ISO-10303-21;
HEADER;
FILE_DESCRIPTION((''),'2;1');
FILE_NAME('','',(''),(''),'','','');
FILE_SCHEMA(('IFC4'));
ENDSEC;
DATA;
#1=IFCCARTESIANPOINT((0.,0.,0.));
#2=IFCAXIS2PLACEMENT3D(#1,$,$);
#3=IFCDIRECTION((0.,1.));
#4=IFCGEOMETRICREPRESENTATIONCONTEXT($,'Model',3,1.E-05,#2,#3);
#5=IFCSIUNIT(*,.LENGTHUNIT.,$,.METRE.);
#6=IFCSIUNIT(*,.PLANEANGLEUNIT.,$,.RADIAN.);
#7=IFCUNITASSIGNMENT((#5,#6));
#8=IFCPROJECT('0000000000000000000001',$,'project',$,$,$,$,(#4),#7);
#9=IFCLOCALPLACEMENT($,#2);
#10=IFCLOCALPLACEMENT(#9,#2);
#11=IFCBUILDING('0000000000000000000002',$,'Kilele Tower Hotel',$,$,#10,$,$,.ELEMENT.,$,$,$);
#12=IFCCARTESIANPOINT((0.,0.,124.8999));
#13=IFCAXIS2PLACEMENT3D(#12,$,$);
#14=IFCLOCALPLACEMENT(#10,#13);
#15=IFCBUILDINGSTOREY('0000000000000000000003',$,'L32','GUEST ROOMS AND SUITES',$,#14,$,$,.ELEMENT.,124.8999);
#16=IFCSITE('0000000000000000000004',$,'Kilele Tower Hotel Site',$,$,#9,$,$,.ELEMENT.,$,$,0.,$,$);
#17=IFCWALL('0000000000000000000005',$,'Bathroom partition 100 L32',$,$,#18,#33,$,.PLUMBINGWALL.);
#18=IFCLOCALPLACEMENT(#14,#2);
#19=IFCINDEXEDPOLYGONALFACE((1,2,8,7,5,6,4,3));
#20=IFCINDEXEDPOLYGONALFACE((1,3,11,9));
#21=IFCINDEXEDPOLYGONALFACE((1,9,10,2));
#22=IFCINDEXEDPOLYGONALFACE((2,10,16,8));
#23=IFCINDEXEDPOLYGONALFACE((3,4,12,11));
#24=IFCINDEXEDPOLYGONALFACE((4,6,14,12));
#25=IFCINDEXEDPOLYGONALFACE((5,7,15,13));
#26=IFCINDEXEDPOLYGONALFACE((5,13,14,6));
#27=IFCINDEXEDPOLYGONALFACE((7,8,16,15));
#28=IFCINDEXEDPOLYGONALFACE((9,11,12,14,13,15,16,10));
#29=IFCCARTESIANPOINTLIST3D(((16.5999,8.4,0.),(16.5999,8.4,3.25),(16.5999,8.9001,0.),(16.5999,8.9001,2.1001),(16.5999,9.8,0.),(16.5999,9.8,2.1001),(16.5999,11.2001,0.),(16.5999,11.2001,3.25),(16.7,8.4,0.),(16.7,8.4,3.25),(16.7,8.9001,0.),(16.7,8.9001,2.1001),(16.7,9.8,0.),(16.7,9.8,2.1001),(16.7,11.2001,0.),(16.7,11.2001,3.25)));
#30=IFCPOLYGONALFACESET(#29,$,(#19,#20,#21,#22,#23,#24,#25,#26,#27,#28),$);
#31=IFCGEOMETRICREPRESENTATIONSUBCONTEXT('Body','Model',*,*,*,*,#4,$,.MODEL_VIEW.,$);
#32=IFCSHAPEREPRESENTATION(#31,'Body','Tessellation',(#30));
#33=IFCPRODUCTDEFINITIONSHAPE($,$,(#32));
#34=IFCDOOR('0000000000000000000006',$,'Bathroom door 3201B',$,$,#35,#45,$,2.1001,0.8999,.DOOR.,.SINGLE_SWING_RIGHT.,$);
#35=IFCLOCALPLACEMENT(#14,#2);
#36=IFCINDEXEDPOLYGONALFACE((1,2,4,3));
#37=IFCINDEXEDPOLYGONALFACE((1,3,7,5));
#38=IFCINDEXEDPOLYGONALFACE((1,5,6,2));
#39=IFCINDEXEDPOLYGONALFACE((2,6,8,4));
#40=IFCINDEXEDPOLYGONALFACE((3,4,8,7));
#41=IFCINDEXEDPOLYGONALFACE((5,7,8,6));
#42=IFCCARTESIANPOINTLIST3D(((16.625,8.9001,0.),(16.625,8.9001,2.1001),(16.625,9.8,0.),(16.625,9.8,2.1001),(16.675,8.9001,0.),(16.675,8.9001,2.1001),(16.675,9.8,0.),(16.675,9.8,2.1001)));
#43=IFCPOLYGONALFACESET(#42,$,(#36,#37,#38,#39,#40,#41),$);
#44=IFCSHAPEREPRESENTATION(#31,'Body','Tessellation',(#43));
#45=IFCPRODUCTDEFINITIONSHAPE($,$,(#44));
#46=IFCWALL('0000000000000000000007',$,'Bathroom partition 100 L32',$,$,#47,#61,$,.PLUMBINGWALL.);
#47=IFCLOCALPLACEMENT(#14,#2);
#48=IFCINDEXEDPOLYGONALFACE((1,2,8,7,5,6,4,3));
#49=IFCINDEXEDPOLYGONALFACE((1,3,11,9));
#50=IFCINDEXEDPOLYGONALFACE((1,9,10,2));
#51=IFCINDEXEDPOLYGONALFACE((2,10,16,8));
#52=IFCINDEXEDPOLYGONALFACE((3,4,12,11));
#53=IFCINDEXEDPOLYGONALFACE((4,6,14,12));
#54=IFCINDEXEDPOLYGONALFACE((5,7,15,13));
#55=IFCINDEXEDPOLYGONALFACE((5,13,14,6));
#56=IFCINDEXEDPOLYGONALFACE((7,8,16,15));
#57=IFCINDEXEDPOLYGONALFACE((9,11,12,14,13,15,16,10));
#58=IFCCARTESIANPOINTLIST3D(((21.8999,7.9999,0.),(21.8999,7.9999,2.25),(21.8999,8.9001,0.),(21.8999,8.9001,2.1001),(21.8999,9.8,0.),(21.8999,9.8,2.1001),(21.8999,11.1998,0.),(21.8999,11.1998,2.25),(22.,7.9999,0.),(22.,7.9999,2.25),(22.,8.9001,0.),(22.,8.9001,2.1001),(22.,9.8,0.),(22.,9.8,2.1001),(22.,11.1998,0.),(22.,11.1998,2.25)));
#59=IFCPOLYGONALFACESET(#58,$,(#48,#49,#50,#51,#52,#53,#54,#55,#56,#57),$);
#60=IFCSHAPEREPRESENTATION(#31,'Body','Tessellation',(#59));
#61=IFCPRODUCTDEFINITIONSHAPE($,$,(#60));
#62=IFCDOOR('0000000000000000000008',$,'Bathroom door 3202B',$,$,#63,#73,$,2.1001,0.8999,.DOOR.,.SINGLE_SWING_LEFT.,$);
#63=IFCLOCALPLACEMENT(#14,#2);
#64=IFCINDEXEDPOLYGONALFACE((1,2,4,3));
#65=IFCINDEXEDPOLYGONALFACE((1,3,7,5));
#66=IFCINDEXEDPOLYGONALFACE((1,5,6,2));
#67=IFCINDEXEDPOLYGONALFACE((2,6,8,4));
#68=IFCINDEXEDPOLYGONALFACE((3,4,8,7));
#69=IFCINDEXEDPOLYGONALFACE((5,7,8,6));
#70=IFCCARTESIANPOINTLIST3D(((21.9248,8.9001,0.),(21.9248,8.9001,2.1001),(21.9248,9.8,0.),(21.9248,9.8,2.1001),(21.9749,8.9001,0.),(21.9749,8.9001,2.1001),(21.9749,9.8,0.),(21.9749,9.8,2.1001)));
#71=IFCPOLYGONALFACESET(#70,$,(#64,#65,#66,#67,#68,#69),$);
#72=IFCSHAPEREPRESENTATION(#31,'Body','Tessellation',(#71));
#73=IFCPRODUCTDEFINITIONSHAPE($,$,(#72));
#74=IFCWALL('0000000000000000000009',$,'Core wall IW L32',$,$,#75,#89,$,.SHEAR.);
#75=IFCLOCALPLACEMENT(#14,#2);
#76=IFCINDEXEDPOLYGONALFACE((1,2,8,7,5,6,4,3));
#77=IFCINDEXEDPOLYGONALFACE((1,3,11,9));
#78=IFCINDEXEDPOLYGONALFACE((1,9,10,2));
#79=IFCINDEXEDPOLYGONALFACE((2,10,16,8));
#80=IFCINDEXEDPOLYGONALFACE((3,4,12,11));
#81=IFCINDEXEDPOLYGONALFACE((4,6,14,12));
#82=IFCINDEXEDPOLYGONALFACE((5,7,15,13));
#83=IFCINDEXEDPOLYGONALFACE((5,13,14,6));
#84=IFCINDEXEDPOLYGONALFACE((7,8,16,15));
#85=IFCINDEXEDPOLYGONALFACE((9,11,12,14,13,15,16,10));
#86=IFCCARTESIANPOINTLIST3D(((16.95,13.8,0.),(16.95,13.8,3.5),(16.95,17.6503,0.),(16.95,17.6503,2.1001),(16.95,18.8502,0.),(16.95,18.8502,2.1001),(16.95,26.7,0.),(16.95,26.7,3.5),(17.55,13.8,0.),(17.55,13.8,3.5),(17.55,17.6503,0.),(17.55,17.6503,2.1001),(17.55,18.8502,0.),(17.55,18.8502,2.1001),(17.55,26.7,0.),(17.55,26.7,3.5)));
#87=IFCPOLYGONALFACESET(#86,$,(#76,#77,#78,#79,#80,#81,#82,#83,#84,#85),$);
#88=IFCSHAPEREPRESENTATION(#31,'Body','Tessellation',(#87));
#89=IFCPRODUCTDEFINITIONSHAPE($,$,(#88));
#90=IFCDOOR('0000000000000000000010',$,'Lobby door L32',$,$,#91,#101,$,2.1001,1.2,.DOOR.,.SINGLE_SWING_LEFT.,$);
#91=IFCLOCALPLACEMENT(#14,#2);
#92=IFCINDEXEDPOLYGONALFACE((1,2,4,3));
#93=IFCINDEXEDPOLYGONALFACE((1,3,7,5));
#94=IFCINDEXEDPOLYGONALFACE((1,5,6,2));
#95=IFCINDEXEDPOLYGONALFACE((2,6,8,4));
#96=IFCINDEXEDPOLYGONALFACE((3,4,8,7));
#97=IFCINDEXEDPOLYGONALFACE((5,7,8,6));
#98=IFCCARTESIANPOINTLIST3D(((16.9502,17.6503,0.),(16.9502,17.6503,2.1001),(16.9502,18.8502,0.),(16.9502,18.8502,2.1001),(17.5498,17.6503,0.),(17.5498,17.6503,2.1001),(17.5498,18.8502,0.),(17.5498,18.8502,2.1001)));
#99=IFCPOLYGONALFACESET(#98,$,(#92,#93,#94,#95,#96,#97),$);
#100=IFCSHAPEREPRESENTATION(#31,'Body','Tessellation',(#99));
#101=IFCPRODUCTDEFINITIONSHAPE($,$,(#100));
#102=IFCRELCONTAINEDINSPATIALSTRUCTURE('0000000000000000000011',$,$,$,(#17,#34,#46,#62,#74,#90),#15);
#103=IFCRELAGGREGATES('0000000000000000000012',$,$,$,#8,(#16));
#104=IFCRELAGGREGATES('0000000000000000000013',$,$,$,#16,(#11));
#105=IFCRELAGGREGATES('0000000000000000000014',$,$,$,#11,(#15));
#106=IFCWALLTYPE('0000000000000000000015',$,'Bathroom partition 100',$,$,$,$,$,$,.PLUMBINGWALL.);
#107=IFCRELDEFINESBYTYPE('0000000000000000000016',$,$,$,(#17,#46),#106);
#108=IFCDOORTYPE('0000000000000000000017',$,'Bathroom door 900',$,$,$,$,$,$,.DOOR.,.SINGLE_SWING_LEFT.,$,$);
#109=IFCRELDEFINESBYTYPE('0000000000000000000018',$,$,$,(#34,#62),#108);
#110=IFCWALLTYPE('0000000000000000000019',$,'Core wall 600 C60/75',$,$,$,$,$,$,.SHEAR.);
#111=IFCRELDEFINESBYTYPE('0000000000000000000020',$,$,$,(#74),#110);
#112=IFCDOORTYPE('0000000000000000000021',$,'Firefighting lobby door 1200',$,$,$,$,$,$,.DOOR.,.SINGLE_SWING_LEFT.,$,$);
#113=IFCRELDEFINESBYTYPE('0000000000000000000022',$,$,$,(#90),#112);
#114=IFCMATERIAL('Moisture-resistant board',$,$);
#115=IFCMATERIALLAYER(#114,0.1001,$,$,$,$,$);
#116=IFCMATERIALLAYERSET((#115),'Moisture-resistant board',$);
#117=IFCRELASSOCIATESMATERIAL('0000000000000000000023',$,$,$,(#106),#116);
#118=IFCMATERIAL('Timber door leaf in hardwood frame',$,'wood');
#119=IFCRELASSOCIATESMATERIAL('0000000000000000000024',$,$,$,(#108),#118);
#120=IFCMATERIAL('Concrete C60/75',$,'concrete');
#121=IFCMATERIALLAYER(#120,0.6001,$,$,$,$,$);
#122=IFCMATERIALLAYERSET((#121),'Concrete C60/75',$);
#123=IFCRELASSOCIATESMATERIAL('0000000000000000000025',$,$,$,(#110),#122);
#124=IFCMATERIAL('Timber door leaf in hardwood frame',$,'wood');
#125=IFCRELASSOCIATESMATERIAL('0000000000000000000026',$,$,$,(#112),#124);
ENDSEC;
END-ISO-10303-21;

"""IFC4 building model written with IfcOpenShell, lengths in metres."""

from ifc_helpers import new_model, si_unit, direction, frame, frame_2d, origin, place, context, subcontext, project, spatial, rectangle, extrude, material, layer, layer_set, type_object, element, fill, save


model = new_model("IFC4")

# Units and contexts
model_context = context("Model", 3, precision=1e-05, world=origin(), true_north=direction((0.0, 1.0)))
body_context = subcontext(model_context, "Body", "Model", "MODEL_VIEW")
ifc_project = project(units=[si_unit("LENGTHUNIT", "METRE"), si_unit("PLANEANGLEUNIT", "RADIAN")], contexts=[model_context])

# Site, building, storey
site_placement = place(None, origin())
site = spatial("IfcSite", under=ifc_project, at=site_placement, Name="Kilele Tower Hotel Site", CompositionType="ELEMENT", RefElevation=0.0)
building_placement = place(site_placement, origin())
building = spatial("IfcBuilding", under=site, at=building_placement, Name="Kilele Tower Hotel", CompositionType="ELEMENT")
storey_placement = place(building_placement, frame((0.0, 0.0, 124.8999)))
storey = spatial("IfcBuildingStorey", under=building, at=storey_placement, Name="L32", Description="GUEST ROOMS AND SUITES", CompositionType="ELEMENT", Elevation=124.8999)

# Walls, openings, doors
ifc_material_1 = material(Name="Moisture-resistant board")
ifc_layer_1 = layer(ifc_material_1, 0.1001)
ifc_layer_set_1 = layer_set([ifc_layer_1], Name="Moisture-resistant board")
wall_type_1 = type_object("IfcWallType", Name="Bathroom partition 100", PredefinedType="PLUMBINGWALL", material=ifc_layer_set_1)
wall_1_placement = place(storey_placement, frame((16.6499, 11.2, 0.0), z_axis=(0.0, 0.0, 1.0), x_axis=(0.0, -1.0, 0.0)))
wall_1 = element("IfcWall", 1, at=wall_1_placement, inside=storey, type_object=wall_type_1, Name="Bathroom partition 100 L32", PredefinedType="PLUMBINGWALL", context=body_context, shape_type="SweptSolid", body=[
    extrude(rectangle(XDim=2.8, YDim=0.1001, at=frame_2d((1.3999, 0.0))), origin(), (0.0, 0.0, 1.0), 3.25),
])
opening_1_placement = place(wall_1_placement, frame((2.2998, 0.0, 0.0), z_axis=(0.0, 0.0, 1.0), x_axis=(-1.0, 0.0, 0.0)))
opening_1 = element("IfcOpeningElement", 2, at=opening_1_placement, cuts=wall_1, PredefinedType="OPENING", context=body_context, shape_type="SweptSolid", body=[
    extrude(rectangle(XDim=0.8999, YDim=2.1001, at=frame_2d((0.45, 1.05))), frame((0.0, 0.0601, 0.0), z_axis=(0.0, -1.0, 0.0), x_axis=(1.0, 0.0, 0.0)), (0.0, 0.0, 1.0), 0.1201),
])
ifc_material_2 = material(Name="Timber door leaf in hardwood frame", Category="wood")
door_type_1 = type_object("IfcDoorType", Name="Bathroom door 900", OperationType="SINGLE_SWING_LEFT", PredefinedType="DOOR", material=ifc_material_2)
door_1_placement = place(opening_1_placement, origin())
door_1 = element("IfcDoor", 3, at=door_1_placement, inside=storey, type_object=door_type_1, Name="Bathroom door 3201B", OperationType="SINGLE_SWING_RIGHT", OverallHeight=2.1001, OverallWidth=0.8999, PredefinedType="DOOR", context=body_context, shape_type="SweptSolid", body=[
    extrude(rectangle(XDim=0.8999, YDim=2.1001, at=frame_2d((0.45, 1.05))), frame((0.0, 0.0249, 0.0), z_axis=(0.0, -1.0, 0.0), x_axis=(1.0, 0.0, 0.0)), (0.0, 0.0, 1.0), 0.05),
])
fill(opening_1, door_1)
wall_2_placement = place(storey_placement, frame((21.95, 11.2, 0.0), z_axis=(0.0, 0.0, 1.0), x_axis=(0.0, -1.0, 0.0)))
wall_2 = element("IfcWall", 4, at=wall_2_placement, inside=storey, type_object=wall_type_1, Name="Bathroom partition 100 L32", PredefinedType="PLUMBINGWALL", context=body_context, shape_type="SweptSolid", body=[
    extrude(rectangle(XDim=3.2, YDim=0.1001, at=frame_2d((1.6001, 0.0))), origin(), (0.0, 0.0, 1.0), 2.25),
])
opening_2_placement = place(wall_2_placement, frame((1.3999, 0.0, 0.0)))
opening_2 = element("IfcOpeningElement", 5, at=opening_2_placement, cuts=wall_2, PredefinedType="OPENING", context=body_context, shape_type="SweptSolid", body=[
    extrude(rectangle(XDim=0.8999, YDim=2.1001, at=frame_2d((0.45, 1.05))), frame((0.0, 0.0601, 0.0), z_axis=(0.0, -1.0, 0.0), x_axis=(1.0, 0.0, 0.0)), (0.0, 0.0, 1.0), 0.1201),
])
door_2_placement = place(opening_2_placement, origin())
door_2 = element("IfcDoor", 6, at=door_2_placement, inside=storey, type_object=door_type_1, Name="Bathroom door 3202B", OperationType="SINGLE_SWING_LEFT", OverallHeight=2.1001, OverallWidth=0.8999, PredefinedType="DOOR", context=body_context, shape_type="SweptSolid", body=[
    extrude(rectangle(XDim=0.8999, YDim=2.1001, at=frame_2d((0.45, 1.05))), frame((0.0, 0.0249, 0.0), z_axis=(0.0, -1.0, 0.0), x_axis=(1.0, 0.0, 0.0)), (0.0, 0.0, 1.0), 0.05),
])
fill(opening_2, door_2)
ifc_material_3 = material(Name="Concrete C60/75", Category="concrete")
ifc_layer_2 = layer(ifc_material_3, 0.6001)
ifc_layer_set_2 = layer_set([ifc_layer_2], Name="Concrete C60/75")
wall_type_2 = type_object("IfcWallType", Name="Core wall 600 C60/75", PredefinedType="SHEAR", material=ifc_layer_set_2)
wall_3_placement = place(storey_placement, frame((17.25, 13.8, 0.0), z_axis=(0.0, 0.0, 1.0), x_axis=(0.0, 1.0, 0.0)))
wall_3 = element("IfcWall", 7, at=wall_3_placement, inside=storey, type_object=wall_type_2, Name="Core wall IW L32", PredefinedType="SHEAR", context=body_context, shape_type="SweptSolid", body=[
    extrude(rectangle(XDim=12.8999, YDim=0.6001, at=frame_2d((6.45, 0.0))), origin(), (0.0, 0.0, 1.0), 3.5),
])
opening_3_placement = place(wall_3_placement, frame((3.8501, 0.0, 0.0)))
opening_3 = element("IfcOpeningElement", 8, at=opening_3_placement, cuts=wall_3, PredefinedType="OPENING", context=body_context, shape_type="SweptSolid", body=[
    extrude(rectangle(XDim=1.2, YDim=2.1001, at=frame_2d((0.6001, 1.05))), frame((0.0, 0.3101, 0.0), z_axis=(0.0, -1.0, 0.0), x_axis=(1.0, 0.0, 0.0)), (0.0, 0.0, 1.0), 0.6201),
])
ifc_material_4 = material(Name="Timber door leaf in hardwood frame", Category="wood")
door_type_2 = type_object("IfcDoorType", Name="Firefighting lobby door 1200", OperationType="SINGLE_SWING_LEFT", PredefinedType="DOOR", material=ifc_material_4)
door_3_placement = place(opening_3_placement, origin())
door_3 = element("IfcDoor", 9, at=door_3_placement, inside=storey, type_object=door_type_2, Name="Lobby door L32", OperationType="SINGLE_SWING_LEFT", OverallHeight=2.1001, OverallWidth=1.2, PredefinedType="DOOR", context=body_context, shape_type="SweptSolid", body=[
    extrude(rectangle(XDim=1.2, YDim=2.1001, at=frame_2d((0.6001, 1.05))), frame((0.0, 0.2998, 0.0), z_axis=(0.0, -1.0, 0.0), x_axis=(1.0, 0.0, 0.0)), (0.0, 0.0, 1.0), 0.5996),
])
fill(opening_3, door_3)

save(model, "model.ifc")
